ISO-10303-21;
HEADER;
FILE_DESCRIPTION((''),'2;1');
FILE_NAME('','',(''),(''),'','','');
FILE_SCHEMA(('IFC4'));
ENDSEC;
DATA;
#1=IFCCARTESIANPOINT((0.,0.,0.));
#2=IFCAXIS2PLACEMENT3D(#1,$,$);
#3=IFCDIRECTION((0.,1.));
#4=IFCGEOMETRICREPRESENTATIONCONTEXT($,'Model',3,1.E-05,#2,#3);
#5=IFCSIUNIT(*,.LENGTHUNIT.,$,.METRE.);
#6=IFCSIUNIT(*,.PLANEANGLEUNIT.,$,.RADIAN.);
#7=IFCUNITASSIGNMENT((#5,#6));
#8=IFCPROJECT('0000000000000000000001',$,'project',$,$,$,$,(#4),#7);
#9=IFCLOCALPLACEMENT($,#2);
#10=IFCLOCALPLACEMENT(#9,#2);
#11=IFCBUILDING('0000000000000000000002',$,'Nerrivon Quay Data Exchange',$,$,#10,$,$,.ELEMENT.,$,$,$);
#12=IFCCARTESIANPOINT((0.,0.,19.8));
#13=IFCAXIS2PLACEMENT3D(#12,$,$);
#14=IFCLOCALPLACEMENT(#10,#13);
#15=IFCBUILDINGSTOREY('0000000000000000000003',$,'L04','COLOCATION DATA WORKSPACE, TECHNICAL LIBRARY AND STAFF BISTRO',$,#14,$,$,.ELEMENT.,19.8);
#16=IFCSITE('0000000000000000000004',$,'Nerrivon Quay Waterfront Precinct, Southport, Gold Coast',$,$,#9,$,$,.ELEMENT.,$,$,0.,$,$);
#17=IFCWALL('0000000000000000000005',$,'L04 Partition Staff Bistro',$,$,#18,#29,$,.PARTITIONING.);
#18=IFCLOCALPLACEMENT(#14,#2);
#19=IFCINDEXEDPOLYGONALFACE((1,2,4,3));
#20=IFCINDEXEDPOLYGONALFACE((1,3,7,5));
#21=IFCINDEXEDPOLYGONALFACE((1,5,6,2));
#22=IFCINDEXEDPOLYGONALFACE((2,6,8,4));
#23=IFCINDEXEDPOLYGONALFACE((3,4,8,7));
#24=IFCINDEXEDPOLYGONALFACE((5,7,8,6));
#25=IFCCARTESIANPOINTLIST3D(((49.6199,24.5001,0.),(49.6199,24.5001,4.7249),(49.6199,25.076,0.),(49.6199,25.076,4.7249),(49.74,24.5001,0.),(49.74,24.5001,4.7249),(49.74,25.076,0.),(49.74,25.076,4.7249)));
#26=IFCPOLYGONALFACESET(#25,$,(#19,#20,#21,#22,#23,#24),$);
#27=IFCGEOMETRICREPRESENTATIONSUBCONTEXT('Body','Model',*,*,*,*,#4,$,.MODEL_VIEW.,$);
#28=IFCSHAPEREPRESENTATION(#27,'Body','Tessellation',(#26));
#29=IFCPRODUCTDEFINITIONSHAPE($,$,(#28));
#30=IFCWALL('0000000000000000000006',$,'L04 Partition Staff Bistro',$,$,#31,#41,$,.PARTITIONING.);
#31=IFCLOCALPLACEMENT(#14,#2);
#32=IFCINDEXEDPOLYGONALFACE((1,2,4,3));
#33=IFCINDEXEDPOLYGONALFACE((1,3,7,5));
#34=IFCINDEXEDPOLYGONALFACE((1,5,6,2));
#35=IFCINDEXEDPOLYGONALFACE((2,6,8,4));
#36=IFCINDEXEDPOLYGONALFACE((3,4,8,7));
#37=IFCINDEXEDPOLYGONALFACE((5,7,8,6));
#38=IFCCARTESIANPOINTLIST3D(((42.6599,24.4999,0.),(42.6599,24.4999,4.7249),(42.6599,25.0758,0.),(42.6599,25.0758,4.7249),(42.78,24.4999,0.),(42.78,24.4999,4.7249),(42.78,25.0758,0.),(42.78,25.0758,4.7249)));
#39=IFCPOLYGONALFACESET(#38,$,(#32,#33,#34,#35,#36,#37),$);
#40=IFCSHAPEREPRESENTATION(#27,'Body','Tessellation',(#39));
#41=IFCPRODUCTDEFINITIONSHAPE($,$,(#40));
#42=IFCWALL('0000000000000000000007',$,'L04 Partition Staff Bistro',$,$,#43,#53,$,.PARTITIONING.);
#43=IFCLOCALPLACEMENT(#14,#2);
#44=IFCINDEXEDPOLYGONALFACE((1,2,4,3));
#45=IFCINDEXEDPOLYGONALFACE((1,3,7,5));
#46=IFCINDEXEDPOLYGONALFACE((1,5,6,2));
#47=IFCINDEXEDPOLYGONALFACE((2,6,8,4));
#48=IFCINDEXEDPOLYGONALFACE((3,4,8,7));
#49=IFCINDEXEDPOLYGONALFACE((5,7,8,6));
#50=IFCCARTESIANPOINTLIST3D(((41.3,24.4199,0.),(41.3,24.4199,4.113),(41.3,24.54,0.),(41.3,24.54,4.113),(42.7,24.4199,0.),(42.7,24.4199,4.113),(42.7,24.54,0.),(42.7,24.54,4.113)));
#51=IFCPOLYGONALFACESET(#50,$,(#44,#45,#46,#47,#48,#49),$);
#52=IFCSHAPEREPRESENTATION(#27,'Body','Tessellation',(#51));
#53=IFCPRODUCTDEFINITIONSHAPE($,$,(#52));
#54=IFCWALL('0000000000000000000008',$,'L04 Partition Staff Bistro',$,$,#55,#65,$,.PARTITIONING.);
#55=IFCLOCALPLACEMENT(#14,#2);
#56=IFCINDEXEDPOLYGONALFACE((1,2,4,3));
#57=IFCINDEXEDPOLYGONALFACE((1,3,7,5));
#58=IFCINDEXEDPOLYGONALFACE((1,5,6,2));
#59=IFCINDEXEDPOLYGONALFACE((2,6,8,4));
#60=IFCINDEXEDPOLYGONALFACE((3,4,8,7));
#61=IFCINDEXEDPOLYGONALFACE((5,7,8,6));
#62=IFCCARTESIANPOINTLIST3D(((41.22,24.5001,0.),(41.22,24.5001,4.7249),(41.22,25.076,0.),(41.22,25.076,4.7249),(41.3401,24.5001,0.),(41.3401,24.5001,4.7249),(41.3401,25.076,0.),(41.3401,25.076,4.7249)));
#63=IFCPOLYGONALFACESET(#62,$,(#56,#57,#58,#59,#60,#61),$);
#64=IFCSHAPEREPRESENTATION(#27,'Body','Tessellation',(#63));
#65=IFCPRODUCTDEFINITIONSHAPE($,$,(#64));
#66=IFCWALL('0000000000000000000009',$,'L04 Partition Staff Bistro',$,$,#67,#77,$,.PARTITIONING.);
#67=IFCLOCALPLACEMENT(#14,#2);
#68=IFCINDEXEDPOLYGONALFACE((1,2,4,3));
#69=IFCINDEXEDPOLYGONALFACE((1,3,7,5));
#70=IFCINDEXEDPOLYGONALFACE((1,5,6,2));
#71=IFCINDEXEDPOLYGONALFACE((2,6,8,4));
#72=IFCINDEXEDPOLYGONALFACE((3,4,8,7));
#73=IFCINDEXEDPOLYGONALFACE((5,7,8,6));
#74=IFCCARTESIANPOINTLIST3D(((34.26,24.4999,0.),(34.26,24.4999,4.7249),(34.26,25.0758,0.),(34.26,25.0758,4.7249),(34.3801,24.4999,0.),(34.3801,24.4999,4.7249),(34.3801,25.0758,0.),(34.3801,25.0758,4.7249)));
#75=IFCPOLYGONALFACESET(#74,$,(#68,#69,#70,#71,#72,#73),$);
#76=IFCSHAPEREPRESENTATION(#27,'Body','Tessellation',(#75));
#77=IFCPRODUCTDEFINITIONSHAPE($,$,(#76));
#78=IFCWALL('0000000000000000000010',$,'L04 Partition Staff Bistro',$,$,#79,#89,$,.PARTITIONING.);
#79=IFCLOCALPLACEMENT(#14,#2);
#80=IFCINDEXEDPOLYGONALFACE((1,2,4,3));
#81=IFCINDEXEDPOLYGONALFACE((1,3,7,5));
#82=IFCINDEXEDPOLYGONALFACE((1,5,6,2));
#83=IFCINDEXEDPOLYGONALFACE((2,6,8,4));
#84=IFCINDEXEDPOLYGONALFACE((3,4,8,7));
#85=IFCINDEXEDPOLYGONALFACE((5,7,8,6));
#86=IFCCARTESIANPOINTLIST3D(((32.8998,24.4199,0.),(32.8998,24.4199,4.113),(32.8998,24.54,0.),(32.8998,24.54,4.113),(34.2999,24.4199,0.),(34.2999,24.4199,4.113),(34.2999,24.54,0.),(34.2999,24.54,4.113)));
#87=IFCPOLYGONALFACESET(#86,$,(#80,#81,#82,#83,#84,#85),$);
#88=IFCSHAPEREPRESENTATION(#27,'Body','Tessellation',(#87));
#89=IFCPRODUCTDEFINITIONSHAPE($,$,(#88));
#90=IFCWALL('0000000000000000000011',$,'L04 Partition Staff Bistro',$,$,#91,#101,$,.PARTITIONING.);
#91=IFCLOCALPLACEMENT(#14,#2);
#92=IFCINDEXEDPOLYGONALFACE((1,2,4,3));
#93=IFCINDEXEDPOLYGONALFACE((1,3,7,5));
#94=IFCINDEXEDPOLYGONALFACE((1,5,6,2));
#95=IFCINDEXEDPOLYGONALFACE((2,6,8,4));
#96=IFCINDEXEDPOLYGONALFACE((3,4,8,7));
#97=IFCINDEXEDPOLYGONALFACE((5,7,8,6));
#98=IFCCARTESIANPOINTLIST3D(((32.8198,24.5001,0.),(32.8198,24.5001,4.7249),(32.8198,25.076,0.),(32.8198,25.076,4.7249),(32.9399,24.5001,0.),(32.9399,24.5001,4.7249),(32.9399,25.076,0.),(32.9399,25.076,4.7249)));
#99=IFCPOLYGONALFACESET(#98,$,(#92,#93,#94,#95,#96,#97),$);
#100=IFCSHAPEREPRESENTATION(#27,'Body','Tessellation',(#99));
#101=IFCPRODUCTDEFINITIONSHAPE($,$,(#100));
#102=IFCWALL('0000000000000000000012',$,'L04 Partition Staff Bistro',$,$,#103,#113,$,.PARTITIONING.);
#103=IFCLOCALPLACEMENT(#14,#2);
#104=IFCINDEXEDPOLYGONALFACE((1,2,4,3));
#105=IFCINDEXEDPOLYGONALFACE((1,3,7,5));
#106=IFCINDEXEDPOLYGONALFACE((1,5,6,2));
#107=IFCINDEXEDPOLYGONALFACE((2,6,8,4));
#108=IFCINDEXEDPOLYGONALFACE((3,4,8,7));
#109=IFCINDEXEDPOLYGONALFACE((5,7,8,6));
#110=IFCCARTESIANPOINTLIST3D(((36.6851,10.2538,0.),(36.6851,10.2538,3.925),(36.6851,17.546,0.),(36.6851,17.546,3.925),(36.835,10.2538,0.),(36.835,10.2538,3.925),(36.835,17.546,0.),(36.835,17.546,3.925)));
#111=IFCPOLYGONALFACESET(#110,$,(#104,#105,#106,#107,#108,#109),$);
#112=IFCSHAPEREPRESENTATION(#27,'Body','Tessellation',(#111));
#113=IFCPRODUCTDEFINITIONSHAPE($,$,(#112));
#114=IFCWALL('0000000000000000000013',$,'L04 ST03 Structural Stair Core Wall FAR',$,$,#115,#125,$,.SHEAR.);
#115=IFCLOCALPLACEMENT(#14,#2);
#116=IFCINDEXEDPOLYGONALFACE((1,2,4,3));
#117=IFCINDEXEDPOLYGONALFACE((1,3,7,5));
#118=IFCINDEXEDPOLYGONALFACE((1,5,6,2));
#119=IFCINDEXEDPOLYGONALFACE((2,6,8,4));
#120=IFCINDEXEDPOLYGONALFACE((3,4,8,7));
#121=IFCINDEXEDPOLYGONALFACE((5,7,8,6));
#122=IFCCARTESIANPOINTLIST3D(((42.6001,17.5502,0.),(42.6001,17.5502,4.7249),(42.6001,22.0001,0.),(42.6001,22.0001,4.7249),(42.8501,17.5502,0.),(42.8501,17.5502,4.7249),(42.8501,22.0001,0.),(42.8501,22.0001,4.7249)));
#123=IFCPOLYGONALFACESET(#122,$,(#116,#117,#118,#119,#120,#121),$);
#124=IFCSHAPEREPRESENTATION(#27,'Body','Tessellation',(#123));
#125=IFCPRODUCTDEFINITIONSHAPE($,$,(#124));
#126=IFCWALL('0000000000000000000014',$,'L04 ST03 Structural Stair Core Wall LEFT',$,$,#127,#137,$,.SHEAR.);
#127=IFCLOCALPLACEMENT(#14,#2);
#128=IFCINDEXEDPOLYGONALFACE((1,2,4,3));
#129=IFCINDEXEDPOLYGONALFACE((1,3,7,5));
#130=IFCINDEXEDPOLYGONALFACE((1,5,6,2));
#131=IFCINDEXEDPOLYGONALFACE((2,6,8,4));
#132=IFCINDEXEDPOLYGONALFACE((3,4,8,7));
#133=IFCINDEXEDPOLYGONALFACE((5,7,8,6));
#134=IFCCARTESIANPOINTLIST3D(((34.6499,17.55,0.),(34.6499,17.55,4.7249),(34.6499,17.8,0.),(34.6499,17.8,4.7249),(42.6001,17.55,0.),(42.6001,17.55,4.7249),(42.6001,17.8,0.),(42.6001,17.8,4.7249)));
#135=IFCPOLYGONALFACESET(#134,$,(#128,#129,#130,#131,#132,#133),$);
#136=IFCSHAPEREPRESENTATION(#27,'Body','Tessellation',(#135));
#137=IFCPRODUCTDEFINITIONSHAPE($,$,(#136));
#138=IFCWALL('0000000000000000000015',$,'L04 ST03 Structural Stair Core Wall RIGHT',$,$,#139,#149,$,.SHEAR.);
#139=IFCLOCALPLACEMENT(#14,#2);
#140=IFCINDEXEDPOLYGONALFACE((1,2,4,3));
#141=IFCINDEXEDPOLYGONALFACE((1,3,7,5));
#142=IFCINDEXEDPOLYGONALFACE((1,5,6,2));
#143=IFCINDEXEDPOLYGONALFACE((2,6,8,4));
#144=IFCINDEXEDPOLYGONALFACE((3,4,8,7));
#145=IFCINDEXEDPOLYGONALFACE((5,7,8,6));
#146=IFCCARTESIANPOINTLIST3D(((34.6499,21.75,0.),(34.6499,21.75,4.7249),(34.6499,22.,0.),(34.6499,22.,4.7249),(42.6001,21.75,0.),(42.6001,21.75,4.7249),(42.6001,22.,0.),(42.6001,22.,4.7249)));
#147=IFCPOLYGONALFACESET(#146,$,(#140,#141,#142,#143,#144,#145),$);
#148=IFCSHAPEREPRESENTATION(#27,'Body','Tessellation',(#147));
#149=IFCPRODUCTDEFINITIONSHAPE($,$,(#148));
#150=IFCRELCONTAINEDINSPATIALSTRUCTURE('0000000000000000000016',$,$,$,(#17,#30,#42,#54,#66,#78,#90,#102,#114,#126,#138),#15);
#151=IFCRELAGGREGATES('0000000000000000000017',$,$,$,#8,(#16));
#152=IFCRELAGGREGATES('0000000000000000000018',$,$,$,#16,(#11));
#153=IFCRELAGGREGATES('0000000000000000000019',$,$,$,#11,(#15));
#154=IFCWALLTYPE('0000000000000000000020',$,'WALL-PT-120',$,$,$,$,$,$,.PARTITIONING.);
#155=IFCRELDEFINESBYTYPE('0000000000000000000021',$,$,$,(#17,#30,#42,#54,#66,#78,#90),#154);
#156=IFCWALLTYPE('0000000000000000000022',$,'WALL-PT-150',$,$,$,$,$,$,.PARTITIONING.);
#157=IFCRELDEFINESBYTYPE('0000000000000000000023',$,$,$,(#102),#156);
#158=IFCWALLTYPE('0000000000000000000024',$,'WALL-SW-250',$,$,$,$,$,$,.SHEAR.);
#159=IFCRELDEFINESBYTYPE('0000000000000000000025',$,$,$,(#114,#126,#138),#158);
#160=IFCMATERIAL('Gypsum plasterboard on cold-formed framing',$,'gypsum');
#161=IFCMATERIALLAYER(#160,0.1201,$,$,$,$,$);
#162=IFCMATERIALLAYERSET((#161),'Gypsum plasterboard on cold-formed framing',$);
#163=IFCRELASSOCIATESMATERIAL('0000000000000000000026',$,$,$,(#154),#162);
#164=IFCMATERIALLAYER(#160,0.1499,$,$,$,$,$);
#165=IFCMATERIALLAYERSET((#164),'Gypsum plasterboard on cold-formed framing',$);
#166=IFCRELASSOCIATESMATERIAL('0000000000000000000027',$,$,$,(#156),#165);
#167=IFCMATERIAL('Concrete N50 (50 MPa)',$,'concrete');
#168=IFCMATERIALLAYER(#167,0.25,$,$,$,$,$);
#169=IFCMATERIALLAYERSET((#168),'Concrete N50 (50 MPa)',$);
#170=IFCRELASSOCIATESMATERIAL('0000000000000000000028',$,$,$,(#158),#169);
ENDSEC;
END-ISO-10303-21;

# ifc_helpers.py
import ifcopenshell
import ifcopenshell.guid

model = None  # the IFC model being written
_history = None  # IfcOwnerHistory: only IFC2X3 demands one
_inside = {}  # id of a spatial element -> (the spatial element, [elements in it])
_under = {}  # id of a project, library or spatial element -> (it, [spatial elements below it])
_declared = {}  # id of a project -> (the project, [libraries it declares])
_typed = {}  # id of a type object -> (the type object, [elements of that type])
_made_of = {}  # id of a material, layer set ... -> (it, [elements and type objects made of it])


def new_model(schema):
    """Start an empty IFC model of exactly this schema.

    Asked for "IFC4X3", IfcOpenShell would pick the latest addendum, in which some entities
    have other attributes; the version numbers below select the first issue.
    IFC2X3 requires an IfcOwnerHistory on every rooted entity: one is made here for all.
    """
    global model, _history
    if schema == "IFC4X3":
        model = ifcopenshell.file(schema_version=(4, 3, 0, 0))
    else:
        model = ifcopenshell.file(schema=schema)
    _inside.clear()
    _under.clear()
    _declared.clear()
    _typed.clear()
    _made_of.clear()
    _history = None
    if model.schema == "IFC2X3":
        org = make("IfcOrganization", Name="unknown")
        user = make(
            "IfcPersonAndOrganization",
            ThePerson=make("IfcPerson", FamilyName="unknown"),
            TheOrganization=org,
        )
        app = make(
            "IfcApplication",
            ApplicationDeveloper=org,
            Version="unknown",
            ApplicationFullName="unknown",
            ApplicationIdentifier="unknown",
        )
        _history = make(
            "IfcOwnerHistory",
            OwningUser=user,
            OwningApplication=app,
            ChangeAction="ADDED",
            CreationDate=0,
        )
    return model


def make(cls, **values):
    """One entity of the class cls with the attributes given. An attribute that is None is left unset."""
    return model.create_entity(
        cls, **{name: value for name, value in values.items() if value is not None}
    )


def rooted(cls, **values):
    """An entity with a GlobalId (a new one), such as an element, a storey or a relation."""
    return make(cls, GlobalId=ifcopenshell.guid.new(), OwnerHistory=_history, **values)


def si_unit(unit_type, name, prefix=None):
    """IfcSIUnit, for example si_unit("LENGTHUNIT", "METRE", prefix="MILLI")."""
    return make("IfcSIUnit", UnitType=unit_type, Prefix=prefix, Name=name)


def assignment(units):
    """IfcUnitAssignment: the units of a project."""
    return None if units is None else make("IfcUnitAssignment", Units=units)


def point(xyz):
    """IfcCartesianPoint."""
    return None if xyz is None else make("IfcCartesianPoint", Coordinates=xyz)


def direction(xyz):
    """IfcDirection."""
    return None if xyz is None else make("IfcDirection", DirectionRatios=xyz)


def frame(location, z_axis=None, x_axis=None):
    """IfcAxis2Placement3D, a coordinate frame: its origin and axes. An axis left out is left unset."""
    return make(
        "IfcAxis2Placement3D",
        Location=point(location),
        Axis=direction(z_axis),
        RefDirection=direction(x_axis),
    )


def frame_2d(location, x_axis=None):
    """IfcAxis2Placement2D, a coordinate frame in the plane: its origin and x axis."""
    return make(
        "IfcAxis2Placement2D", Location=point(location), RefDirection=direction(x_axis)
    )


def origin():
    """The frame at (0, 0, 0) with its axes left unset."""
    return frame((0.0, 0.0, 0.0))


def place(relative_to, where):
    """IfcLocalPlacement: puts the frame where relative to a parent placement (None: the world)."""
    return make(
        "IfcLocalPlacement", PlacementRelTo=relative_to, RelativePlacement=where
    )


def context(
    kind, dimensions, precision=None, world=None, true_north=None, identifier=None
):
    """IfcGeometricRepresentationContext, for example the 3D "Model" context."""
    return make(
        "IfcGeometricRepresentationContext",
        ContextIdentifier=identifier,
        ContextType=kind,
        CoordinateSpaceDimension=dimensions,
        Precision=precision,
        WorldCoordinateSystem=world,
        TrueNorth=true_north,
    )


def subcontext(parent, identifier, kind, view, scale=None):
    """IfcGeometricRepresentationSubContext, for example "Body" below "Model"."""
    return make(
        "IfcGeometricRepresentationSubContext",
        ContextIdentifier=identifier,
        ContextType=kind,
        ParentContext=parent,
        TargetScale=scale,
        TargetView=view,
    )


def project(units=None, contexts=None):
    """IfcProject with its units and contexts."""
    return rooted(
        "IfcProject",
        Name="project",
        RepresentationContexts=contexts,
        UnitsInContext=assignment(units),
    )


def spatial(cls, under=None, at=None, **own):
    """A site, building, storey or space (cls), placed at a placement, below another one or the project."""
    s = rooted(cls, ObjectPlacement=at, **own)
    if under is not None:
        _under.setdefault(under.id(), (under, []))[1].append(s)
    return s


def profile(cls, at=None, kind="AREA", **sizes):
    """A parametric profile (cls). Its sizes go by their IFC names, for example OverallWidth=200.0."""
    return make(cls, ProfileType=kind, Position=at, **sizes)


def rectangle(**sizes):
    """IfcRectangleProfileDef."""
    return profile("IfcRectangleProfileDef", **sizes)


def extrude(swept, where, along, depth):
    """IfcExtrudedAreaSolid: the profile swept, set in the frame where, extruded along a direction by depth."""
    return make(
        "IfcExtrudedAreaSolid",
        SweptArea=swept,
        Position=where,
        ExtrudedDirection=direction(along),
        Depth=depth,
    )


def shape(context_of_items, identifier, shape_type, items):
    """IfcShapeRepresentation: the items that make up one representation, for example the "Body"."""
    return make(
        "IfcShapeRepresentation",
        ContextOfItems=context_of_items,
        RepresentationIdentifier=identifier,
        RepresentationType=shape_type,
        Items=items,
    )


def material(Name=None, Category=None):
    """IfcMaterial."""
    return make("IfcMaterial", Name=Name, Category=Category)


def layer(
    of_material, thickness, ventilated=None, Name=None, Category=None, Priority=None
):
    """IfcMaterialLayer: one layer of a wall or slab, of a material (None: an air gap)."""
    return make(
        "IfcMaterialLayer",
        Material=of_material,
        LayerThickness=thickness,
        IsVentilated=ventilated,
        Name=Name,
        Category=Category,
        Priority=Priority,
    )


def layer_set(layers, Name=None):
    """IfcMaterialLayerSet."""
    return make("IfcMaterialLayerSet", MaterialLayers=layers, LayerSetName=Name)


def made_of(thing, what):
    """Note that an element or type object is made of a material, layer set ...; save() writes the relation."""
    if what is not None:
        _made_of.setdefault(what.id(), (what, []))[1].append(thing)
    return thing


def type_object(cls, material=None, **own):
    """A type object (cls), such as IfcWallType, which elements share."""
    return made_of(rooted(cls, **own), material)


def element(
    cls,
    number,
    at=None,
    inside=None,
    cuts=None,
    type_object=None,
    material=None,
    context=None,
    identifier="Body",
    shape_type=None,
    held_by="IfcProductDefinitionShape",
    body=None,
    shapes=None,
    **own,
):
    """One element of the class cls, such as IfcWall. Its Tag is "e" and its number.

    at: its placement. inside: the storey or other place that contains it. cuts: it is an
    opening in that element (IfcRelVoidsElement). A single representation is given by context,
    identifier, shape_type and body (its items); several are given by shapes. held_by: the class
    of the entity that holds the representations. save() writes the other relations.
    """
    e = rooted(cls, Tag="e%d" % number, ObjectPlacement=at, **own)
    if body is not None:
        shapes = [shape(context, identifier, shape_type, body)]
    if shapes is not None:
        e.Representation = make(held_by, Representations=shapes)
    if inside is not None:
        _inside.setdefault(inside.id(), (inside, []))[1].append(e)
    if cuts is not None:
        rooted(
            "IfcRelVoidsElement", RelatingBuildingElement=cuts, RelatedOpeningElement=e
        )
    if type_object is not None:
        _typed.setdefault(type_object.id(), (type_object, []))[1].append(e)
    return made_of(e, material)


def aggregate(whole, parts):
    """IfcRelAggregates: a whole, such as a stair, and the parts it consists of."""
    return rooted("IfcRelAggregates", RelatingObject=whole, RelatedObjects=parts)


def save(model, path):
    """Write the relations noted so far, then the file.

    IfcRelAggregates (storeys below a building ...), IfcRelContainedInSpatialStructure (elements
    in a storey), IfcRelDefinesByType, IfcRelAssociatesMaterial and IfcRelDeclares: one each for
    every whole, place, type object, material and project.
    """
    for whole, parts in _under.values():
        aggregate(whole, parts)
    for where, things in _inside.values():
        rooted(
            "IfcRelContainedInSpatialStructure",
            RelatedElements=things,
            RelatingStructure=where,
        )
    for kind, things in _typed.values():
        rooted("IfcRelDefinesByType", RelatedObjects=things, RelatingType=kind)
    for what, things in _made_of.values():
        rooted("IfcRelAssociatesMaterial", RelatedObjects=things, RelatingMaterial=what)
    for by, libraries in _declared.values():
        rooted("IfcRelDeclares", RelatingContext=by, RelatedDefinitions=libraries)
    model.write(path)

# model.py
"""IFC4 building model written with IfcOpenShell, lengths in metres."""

from ifc_helpers import new_model, si_unit, direction, frame, frame_2d, origin, place, context, subcontext, project, spatial, rectangle, extrude, material, layer, layer_set, type_object, element, save


model = new_model("IFC4")

# Units and contexts
model_context = context("Model", 3, precision=1e-05, world=origin(), true_north=direction((0.0, 1.0)))
body_context = subcontext(model_context, "Body", "Model", "MODEL_VIEW")
ifc_project = project(units=[si_unit("LENGTHUNIT", "METRE"), si_unit("PLANEANGLEUNIT", "RADIAN")], contexts=[model_context])

# Site, building, storey
site_placement = place(None, origin())
site = spatial("IfcSite", under=ifc_project, at=site_placement, Name="Nerrivon Quay Waterfront Precinct, Southport, Gold Coast", CompositionType="ELEMENT", RefElevation=0.0)
building_placement = place(site_placement, origin())
building = spatial("IfcBuilding", under=site, at=building_placement, Name="Nerrivon Quay Data Exchange", CompositionType="ELEMENT")
storey_placement = place(building_placement, frame((0.0, 0.0, 19.8)))
storey = spatial("IfcBuildingStorey", under=building, at=storey_placement, Name="L04", Description="COLOCATION DATA WORKSPACE, TECHNICAL LIBRARY AND STAFF BISTRO", CompositionType="ELEMENT", Elevation=19.8)

# Walls
ifc_material_1 = material(Name="Gypsum plasterboard on cold-formed framing", Category="gypsum")
ifc_layer_1 = layer(ifc_material_1, 0.1201)
ifc_layer_set_1 = layer_set([ifc_layer_1], Name="Gypsum plasterboard on cold-formed framing")
wall_type_1 = type_object("IfcWallType", Name="WALL-PT-120", PredefinedType="PARTITIONING", material=ifc_layer_set_1)
for number, where, z_axis, x_axis, name in (
    (1, (49.6799, 24.5, 0.0), (0.0, 0.0, 1.0), (0.0, 1.0, 0.0), "L04 Partition Staff Bistro"),
    (2, (42.72, 25.0759, 0.0), (0.0, 0.0, 1.0), (0.0, -1.0, 0.0), "L04 Partition Staff Bistro"),
):
    element("IfcWall", number, at=place(storey_placement, frame(where, z_axis=z_axis, x_axis=x_axis)), inside=storey, type_object=wall_type_1, Name=name, PredefinedType="PARTITIONING", context=body_context, shape_type="SweptSolid", body=[
        extrude(rectangle(XDim=0.5759, YDim=0.1201, at=frame_2d((0.2881, 0.0))), origin(), (0.0, 0.0, 1.0), 4.7249),
    ])
wall_1_placement = place(storey_placement, frame((42.7, 24.48, 0.0), z_axis=(0.0, 0.0, 1.0), x_axis=(-1.0, 0.0, 0.0)))
element("IfcWall", 3, at=wall_1_placement, inside=storey, type_object=wall_type_1, Name="L04 Partition Staff Bistro", PredefinedType="PARTITIONING", context=body_context, shape_type="SweptSolid", body=[
    extrude(rectangle(XDim=1.3999, YDim=0.1201, at=frame_2d((0.7, 0.0))), origin(), (0.0, 0.0, 1.0), 4.113),
])
for number, where, z_axis, x_axis, name in (
    (4, (41.28, 24.5, 0.0), (0.0, 0.0, 1.0), (0.0, 1.0, 0.0), "L04 Partition Staff Bistro"),
    (5, (34.3201, 25.0759, 0.0), (0.0, 0.0, 1.0), (0.0, -1.0, 0.0), "L04 Partition Staff Bistro"),
):
    element("IfcWall", number, at=place(storey_placement, frame(where, z_axis=z_axis, x_axis=x_axis)), inside=storey, type_object=wall_type_1, Name=name, PredefinedType="PARTITIONING", context=body_context, shape_type="SweptSolid", body=[
        extrude(rectangle(XDim=0.5759, YDim=0.1201, at=frame_2d((0.2881, 0.0))), origin(), (0.0, 0.0, 1.0), 4.7249),
    ])
wall_2_placement = place(storey_placement, frame((34.3, 24.48, 0.0), z_axis=(0.0, 0.0, 1.0), x_axis=(-1.0, 0.0, 0.0)))
element("IfcWall", 6, at=wall_2_placement, inside=storey, type_object=wall_type_1, Name="L04 Partition Staff Bistro", PredefinedType="PARTITIONING", context=body_context, shape_type="SweptSolid", body=[
    extrude(rectangle(XDim=1.4001, YDim=0.1201, at=frame_2d((0.7002, 0.0))), origin(), (0.0, 0.0, 1.0), 4.113),
])
wall_3_placement = place(storey_placement, frame((32.8799, 24.5, 0.0), z_axis=(0.0, 0.0, 1.0), x_axis=(0.0, 1.0, 0.0)))
element("IfcWall", 7, at=wall_3_placement, inside=storey, type_object=wall_type_1, Name="L04 Partition Staff Bistro", PredefinedType="PARTITIONING", context=body_context, shape_type="SweptSolid", body=[
    extrude(rectangle(XDim=0.5759, YDim=0.1201, at=frame_2d((0.2881, 0.0))), origin(), (0.0, 0.0, 1.0), 4.7249),
])
ifc_layer_2 = layer(ifc_material_1, 0.1499)
ifc_layer_set_2 = layer_set([ifc_layer_2], Name="Gypsum plasterboard on cold-formed framing")
wall_type_2 = type_object("IfcWallType", Name="WALL-PT-150", PredefinedType="PARTITIONING", material=ifc_layer_set_2)
wall_4_placement = place(storey_placement, frame((36.76, 17.5459, 0.0), z_axis=(0.0, 0.0, 1.0), x_axis=(0.0, -1.0, 0.0)))
element("IfcWall", 8, at=wall_4_placement, inside=storey, type_object=wall_type_2, Name="L04 Partition Staff Bistro", PredefinedType="PARTITIONING", context=body_context, shape_type="SweptSolid", body=[
    extrude(rectangle(XDim=7.2922, YDim=0.1499, at=frame_2d((3.646, 0.0))), origin(), (0.0, 0.0, 1.0), 3.925),
])

# Shared definitions
ifc_material_2 = material(Name="Concrete N50 (50 MPa)", Category="concrete")
ifc_layer_3 = layer(ifc_material_2, 0.25)
ifc_layer_set_3 = layer_set([ifc_layer_3], Name="Concrete N50 (50 MPa)")
wall_type_3 = type_object("IfcWallType", Name="WALL-SW-250", PredefinedType="SHEAR", material=ifc_layer_set_3)

# Walls
wall_5_placement = place(storey_placement, frame((42.7251, 17.55, 0.0), z_axis=(0.0, 0.0, 1.0), x_axis=(0.0, 1.0, 0.0)))
element("IfcWall", 9, at=wall_5_placement, inside=storey, type_object=wall_type_3, Name="L04 ST03 Structural Stair Core Wall FAR", PredefinedType="SHEAR", context=body_context, shape_type="SweptSolid", body=[
    extrude(rectangle(XDim=4.45, YDim=0.25, at=frame_2d((2.2251, 0.0))), origin(), (0.0, 0.0, 1.0), 4.7249),
])
for number, where, z_axis, x_axis, name in (
    (10, (34.6499, 17.675, 0.0), (0.0, 0.0, 1.0), (1.0, 0.0, 0.0), "L04 ST03 Structural Stair Core Wall LEFT"),
    (11, (34.6499, 21.875, 0.0), (0.0, 0.0, 1.0), (1.0, 0.0, 0.0), "L04 ST03 Structural Stair Core Wall RIGHT"),
):
    element("IfcWall", number, at=place(storey_placement, frame(where, z_axis=z_axis, x_axis=x_axis)), inside=storey, type_object=wall_type_3, Name=name, PredefinedType="SHEAR", context=body_context, shape_type="SweptSolid", body=[
        extrude(rectangle(XDim=7.9502, YDim=0.25, at=frame_2d((3.9751, 0.0))), origin(), (0.0, 0.0, 1.0), 4.7249),
    ])

save(model, "model.ifc")
